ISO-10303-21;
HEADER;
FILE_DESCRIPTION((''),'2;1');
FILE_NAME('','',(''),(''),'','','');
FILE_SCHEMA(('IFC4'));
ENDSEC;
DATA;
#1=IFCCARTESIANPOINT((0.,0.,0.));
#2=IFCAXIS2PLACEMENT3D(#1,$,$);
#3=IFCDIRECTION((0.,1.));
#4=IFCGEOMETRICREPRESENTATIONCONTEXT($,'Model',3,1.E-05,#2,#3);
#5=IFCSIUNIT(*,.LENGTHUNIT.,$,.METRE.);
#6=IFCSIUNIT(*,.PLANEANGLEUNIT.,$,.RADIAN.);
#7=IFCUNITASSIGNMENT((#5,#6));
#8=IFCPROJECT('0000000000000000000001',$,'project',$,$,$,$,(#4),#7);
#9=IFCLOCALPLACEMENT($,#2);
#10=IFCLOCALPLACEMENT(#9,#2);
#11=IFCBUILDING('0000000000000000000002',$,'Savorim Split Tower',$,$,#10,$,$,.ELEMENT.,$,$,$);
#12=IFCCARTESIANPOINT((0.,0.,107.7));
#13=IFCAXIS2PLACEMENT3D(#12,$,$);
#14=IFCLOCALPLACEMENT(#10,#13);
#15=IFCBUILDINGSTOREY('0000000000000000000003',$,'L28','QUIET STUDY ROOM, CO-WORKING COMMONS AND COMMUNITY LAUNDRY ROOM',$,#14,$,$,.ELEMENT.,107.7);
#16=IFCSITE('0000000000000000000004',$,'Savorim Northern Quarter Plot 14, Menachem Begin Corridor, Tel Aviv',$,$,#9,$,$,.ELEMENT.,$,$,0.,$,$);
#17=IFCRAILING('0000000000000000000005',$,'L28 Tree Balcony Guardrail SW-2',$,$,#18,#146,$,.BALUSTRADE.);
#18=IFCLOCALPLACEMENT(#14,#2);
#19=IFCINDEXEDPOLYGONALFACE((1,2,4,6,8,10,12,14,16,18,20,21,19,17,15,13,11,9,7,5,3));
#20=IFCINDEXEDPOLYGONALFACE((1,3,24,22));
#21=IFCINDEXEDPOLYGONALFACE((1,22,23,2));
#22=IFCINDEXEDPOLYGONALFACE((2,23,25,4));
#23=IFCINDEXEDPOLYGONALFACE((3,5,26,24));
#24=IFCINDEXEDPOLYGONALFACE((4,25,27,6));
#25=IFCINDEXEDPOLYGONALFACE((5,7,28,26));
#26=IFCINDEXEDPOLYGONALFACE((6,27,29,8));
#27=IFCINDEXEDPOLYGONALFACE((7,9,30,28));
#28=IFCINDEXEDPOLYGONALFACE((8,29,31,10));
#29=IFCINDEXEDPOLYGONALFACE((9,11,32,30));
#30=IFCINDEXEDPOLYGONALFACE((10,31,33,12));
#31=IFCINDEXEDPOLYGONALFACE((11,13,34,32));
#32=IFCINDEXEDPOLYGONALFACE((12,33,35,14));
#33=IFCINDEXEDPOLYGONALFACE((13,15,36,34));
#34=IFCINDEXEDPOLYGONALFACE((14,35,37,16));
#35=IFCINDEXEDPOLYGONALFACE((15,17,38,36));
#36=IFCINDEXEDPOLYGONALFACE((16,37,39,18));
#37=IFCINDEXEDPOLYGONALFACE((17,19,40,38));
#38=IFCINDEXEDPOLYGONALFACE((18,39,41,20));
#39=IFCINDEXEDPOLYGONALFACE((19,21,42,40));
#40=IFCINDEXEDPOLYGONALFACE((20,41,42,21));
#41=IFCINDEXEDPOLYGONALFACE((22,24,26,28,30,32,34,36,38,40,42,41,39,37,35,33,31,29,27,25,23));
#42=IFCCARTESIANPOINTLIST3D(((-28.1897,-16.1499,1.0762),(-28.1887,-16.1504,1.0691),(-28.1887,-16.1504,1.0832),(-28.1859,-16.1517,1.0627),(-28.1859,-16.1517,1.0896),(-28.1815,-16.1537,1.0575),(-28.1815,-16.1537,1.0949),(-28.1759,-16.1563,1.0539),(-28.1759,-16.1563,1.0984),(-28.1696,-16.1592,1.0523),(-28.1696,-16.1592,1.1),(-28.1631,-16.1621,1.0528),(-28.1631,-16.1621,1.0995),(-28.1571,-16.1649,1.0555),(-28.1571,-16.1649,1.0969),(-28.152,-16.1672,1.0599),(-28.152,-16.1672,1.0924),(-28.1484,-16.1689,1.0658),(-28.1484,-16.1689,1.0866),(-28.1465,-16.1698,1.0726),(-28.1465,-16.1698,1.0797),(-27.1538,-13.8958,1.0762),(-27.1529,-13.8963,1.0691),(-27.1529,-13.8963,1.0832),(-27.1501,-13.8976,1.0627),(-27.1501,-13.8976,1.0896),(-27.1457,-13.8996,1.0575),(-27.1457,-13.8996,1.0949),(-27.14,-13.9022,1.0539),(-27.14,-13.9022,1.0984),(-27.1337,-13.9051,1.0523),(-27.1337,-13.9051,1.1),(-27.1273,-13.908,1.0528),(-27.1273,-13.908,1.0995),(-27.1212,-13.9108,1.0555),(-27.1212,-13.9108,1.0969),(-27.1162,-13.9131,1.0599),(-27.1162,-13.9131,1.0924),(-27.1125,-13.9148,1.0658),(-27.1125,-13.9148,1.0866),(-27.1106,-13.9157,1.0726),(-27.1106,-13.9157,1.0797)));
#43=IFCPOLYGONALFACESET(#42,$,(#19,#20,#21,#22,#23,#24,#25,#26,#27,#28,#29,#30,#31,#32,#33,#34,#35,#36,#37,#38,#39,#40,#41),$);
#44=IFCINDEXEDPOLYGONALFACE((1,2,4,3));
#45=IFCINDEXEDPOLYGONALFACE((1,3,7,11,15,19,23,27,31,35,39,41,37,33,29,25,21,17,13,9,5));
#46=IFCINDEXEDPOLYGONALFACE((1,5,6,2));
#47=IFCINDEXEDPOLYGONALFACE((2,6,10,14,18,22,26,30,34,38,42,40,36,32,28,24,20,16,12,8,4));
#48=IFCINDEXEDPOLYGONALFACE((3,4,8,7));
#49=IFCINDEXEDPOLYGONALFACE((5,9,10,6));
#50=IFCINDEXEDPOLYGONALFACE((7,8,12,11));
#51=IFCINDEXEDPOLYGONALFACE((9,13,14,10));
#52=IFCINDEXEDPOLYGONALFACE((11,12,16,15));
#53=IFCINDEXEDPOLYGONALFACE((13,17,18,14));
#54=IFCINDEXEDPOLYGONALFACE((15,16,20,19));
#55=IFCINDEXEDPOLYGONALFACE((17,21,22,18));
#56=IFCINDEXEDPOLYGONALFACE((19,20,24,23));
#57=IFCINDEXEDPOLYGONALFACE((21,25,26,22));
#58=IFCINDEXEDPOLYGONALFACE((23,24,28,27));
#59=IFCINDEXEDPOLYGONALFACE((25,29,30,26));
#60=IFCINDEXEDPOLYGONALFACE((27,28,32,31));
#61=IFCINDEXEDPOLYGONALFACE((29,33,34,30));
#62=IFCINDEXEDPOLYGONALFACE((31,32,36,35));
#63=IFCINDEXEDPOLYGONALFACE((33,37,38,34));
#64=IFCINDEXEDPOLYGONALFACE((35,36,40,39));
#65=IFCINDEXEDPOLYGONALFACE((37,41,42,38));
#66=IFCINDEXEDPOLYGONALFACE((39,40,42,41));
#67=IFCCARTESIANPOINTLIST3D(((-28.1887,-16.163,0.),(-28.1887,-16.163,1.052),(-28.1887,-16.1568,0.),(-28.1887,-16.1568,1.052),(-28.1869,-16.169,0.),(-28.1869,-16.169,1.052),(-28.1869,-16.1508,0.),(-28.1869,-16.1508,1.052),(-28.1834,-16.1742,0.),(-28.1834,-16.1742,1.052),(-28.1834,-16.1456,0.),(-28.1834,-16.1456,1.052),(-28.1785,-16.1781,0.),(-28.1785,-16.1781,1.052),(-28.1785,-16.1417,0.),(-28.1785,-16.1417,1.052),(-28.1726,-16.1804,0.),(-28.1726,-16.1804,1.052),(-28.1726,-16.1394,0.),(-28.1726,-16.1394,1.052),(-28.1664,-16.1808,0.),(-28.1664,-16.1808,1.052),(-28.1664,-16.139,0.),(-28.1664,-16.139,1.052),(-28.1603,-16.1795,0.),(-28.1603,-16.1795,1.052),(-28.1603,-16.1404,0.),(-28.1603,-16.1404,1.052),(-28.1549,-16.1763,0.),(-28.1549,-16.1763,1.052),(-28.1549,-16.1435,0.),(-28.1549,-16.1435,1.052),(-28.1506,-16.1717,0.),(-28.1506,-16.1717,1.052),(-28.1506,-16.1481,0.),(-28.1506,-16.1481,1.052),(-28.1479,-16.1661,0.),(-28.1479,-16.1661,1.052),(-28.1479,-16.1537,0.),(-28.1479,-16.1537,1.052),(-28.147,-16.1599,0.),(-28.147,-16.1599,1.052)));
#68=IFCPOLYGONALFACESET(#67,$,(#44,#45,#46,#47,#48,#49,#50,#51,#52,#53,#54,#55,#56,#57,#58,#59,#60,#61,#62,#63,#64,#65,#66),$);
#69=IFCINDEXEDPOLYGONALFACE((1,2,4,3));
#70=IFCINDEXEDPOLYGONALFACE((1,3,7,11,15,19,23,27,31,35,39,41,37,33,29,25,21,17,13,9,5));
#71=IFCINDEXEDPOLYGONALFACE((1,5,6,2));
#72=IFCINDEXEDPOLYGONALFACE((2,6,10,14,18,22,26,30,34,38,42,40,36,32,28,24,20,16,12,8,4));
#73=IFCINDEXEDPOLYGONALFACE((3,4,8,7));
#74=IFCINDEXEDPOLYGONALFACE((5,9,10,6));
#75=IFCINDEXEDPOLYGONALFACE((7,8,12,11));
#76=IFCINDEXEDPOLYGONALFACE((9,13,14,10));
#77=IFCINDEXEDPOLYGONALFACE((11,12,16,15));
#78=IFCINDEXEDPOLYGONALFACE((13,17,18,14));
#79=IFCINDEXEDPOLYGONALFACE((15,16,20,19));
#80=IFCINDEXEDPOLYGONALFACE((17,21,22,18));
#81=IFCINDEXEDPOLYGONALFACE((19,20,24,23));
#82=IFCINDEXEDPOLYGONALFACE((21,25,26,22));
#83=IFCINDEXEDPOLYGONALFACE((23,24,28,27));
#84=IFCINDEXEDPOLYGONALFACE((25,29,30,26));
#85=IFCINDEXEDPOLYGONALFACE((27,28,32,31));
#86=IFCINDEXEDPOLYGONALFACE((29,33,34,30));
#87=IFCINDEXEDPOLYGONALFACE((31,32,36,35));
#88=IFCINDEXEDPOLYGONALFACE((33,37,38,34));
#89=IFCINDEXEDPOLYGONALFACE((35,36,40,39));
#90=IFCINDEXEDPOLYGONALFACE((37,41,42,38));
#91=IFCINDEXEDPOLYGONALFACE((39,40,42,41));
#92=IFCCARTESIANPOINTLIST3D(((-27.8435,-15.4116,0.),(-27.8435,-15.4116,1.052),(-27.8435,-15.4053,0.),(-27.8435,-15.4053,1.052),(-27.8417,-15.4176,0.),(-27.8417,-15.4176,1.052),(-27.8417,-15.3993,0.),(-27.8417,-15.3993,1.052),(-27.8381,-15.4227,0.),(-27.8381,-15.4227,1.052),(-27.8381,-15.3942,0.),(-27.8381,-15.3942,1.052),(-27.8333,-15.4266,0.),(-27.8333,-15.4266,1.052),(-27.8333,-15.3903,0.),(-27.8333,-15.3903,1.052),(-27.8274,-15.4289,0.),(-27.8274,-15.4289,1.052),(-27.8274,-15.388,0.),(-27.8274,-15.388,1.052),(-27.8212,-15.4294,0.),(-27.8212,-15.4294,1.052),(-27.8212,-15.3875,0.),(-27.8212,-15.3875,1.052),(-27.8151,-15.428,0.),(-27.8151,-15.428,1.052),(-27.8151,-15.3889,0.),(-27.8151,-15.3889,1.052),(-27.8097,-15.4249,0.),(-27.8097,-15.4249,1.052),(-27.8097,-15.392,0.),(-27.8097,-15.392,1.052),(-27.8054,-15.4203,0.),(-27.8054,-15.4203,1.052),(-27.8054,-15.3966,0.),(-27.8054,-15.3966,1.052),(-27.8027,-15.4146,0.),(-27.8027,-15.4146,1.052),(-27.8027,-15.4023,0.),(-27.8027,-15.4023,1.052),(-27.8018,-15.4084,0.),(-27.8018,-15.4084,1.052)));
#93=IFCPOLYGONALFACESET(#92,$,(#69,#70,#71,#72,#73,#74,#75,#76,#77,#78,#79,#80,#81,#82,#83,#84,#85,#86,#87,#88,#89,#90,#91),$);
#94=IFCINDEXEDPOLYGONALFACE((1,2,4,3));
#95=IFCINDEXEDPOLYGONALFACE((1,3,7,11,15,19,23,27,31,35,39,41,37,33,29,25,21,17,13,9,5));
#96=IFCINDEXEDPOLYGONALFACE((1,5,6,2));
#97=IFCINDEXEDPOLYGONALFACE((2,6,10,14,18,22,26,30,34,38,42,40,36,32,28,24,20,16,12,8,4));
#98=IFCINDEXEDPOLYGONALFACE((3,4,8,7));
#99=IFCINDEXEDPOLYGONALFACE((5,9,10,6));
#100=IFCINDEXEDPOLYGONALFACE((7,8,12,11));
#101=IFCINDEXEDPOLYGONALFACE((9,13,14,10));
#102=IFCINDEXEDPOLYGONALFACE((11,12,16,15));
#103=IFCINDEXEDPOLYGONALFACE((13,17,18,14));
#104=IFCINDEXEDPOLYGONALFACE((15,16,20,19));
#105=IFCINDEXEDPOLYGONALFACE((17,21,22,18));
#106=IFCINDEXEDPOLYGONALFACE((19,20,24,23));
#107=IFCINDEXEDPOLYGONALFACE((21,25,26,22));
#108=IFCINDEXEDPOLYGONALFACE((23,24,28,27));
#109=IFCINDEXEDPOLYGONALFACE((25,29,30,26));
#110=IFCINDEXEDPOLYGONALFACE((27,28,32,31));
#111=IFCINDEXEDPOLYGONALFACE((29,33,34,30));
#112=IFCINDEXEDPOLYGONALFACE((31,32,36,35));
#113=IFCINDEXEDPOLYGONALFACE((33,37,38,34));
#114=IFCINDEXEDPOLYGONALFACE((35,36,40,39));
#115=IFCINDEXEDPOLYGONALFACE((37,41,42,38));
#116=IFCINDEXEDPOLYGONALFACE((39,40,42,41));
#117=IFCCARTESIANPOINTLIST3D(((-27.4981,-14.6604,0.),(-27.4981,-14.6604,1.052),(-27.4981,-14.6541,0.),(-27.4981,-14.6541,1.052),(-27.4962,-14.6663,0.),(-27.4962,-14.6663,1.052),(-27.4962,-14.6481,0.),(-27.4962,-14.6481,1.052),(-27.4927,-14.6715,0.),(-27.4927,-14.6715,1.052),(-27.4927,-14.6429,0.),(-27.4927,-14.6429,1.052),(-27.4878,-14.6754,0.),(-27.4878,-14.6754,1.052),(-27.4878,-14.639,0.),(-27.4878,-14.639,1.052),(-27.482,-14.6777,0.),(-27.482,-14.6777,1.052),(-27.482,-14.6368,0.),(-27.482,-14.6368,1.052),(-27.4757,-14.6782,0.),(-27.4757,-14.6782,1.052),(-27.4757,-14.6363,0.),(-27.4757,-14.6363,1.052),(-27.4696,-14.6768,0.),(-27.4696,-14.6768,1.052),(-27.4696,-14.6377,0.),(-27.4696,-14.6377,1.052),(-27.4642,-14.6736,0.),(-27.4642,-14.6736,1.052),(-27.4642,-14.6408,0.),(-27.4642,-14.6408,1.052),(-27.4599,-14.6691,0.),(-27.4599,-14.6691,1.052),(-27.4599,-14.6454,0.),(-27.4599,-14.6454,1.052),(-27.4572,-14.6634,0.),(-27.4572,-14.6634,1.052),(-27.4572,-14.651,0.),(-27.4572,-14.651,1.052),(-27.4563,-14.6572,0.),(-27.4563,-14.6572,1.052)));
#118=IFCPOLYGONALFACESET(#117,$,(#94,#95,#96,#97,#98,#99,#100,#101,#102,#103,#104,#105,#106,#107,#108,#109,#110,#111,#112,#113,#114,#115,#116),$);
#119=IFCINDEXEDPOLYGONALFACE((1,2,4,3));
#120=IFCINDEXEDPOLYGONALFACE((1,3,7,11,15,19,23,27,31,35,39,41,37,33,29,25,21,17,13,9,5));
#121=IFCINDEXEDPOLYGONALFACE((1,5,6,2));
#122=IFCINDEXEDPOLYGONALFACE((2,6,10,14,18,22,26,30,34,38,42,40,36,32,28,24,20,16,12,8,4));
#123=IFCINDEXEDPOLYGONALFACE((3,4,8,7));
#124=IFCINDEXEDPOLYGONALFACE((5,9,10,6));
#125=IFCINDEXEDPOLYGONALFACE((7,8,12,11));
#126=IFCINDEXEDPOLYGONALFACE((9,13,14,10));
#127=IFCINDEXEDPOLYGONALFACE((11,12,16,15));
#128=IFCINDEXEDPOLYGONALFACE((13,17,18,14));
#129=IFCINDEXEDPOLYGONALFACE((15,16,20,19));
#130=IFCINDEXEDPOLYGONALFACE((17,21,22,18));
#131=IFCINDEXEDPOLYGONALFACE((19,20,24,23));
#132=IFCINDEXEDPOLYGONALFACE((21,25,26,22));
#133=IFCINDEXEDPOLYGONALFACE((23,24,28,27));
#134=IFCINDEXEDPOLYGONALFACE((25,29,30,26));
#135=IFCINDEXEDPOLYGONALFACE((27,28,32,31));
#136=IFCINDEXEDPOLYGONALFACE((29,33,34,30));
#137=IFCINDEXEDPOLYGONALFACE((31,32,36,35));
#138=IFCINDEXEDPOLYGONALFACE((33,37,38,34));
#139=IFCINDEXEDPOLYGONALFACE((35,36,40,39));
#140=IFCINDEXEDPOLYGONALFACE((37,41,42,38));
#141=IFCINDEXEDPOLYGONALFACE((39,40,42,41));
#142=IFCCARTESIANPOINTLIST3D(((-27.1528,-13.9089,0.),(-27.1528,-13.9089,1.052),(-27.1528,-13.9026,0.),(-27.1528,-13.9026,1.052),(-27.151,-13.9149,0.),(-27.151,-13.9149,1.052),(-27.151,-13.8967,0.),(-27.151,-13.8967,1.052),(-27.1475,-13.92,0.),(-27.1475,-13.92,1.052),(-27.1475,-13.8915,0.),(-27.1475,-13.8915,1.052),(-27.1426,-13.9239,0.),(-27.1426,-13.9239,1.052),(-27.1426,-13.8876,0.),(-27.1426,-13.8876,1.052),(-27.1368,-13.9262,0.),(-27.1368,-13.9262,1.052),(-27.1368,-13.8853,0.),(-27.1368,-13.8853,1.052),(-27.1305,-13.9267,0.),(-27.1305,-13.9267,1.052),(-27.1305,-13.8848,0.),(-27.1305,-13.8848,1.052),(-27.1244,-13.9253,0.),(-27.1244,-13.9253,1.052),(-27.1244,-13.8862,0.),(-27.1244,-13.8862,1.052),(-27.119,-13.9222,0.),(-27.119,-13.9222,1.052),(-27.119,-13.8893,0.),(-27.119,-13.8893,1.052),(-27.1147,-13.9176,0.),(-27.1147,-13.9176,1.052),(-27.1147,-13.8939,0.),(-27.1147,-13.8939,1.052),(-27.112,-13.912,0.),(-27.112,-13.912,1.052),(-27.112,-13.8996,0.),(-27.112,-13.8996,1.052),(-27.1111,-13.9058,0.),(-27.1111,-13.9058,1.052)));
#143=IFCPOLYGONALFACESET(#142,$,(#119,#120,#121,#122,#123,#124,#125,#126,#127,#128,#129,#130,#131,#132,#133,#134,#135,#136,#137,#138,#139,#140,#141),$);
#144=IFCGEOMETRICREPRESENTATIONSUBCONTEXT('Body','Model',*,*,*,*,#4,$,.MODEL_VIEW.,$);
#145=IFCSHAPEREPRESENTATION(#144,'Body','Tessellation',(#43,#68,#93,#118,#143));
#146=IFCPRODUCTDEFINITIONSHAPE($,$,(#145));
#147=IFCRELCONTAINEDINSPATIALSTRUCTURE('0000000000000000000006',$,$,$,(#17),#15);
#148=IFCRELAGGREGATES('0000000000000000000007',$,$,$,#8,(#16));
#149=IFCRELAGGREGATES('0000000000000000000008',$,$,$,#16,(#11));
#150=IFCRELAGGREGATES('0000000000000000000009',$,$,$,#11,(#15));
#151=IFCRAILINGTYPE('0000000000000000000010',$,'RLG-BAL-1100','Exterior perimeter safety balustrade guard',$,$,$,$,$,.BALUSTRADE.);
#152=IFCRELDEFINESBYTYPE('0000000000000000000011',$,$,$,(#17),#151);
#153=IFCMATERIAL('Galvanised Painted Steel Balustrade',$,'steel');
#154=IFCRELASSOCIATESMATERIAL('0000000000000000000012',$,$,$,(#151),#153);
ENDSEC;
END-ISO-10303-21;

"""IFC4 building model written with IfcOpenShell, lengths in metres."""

from ifc_helpers import new_model, si_unit, direction, frame, origin, origin_2d, place, context, subcontext, project, spatial, circle, extrude, material, type_object, element, save


model = new_model("IFC4")

# Units and contexts
model_context = context("Model", 3, precision=1e-05, world=origin(), true_north=direction((0.0, 1.0)))
body_context = subcontext(model_context, "Body", "Model", "MODEL_VIEW")
ifc_project = project(units=[si_unit("LENGTHUNIT", "METRE"), si_unit("PLANEANGLEUNIT", "RADIAN")], contexts=[model_context])

# Site, building, storey
site_placement = place(None, origin())
site = spatial("IfcSite", under=ifc_project, at=site_placement, Name="Savorim Northern Quarter Plot 14, Menachem Begin Corridor, Tel Aviv", CompositionType="ELEMENT", RefElevation=0.0)
building_placement = place(site_placement, origin())
building = spatial("IfcBuilding", under=site, at=building_placement, Name="Savorim Split Tower", CompositionType="ELEMENT")
storey_placement = place(building_placement, frame((0.0, 0.0, 107.7)))
storey = spatial("IfcBuildingStorey", under=building, at=storey_placement, Name="L28", Description="QUIET STUDY ROOM, CO-WORKING COMMONS AND COMMUNITY LAUNDRY ROOM", CompositionType="ELEMENT", Elevation=107.7)

# Railing
ifc_material_1 = material(Name="Galvanised Painted Steel Balustrade", Category="steel")
railing_type = type_object("IfcRailingType", Name="RLG-BAL-1100", Description="Exterior perimeter safety balustrade guard", PredefinedType="BALUSTRADE", material=ifc_material_1)
railing_1_placement = place(storey_placement, frame((-28.168, -16.1599, 0.0)))
element("IfcRailing", 1, at=railing_1_placement, inside=storey, type_object=railing_type, Name="L28 Tree Balcony Guardrail SW-2", PredefinedType="BALUSTRADE", context=body_context, shape_type="SweptSolid", body=[
    extrude(circle(Radius=0.0239, at=origin_2d()), frame((0.0, 0.0, 1.0762), z_axis=(0.417566, 0.908647, 0.0), x_axis=(-0.908647, 0.417566, 0.0)), (0.0, 0.0, 1.0), 2.4807),
    extrude(circle(Radius=0.021, at=origin_2d()), origin(), (0.0, 0.0, 1.0), 1.052),
    extrude(circle(Radius=0.021, at=origin_2d()), frame((0.3452, 0.7515, 0.0)), (0.0, 0.0, 1.0), 1.052),
    extrude(circle(Radius=0.021, at=origin_2d()), frame((0.6907, 1.5027, 0.0)), (0.0, 0.0, 1.0), 1.052),
    extrude(circle(Radius=0.021, at=origin_2d()), frame((1.0359, 2.2542, 0.0)), (0.0, 0.0, 1.0), 1.052),
])

save(model, "model.ifc")
